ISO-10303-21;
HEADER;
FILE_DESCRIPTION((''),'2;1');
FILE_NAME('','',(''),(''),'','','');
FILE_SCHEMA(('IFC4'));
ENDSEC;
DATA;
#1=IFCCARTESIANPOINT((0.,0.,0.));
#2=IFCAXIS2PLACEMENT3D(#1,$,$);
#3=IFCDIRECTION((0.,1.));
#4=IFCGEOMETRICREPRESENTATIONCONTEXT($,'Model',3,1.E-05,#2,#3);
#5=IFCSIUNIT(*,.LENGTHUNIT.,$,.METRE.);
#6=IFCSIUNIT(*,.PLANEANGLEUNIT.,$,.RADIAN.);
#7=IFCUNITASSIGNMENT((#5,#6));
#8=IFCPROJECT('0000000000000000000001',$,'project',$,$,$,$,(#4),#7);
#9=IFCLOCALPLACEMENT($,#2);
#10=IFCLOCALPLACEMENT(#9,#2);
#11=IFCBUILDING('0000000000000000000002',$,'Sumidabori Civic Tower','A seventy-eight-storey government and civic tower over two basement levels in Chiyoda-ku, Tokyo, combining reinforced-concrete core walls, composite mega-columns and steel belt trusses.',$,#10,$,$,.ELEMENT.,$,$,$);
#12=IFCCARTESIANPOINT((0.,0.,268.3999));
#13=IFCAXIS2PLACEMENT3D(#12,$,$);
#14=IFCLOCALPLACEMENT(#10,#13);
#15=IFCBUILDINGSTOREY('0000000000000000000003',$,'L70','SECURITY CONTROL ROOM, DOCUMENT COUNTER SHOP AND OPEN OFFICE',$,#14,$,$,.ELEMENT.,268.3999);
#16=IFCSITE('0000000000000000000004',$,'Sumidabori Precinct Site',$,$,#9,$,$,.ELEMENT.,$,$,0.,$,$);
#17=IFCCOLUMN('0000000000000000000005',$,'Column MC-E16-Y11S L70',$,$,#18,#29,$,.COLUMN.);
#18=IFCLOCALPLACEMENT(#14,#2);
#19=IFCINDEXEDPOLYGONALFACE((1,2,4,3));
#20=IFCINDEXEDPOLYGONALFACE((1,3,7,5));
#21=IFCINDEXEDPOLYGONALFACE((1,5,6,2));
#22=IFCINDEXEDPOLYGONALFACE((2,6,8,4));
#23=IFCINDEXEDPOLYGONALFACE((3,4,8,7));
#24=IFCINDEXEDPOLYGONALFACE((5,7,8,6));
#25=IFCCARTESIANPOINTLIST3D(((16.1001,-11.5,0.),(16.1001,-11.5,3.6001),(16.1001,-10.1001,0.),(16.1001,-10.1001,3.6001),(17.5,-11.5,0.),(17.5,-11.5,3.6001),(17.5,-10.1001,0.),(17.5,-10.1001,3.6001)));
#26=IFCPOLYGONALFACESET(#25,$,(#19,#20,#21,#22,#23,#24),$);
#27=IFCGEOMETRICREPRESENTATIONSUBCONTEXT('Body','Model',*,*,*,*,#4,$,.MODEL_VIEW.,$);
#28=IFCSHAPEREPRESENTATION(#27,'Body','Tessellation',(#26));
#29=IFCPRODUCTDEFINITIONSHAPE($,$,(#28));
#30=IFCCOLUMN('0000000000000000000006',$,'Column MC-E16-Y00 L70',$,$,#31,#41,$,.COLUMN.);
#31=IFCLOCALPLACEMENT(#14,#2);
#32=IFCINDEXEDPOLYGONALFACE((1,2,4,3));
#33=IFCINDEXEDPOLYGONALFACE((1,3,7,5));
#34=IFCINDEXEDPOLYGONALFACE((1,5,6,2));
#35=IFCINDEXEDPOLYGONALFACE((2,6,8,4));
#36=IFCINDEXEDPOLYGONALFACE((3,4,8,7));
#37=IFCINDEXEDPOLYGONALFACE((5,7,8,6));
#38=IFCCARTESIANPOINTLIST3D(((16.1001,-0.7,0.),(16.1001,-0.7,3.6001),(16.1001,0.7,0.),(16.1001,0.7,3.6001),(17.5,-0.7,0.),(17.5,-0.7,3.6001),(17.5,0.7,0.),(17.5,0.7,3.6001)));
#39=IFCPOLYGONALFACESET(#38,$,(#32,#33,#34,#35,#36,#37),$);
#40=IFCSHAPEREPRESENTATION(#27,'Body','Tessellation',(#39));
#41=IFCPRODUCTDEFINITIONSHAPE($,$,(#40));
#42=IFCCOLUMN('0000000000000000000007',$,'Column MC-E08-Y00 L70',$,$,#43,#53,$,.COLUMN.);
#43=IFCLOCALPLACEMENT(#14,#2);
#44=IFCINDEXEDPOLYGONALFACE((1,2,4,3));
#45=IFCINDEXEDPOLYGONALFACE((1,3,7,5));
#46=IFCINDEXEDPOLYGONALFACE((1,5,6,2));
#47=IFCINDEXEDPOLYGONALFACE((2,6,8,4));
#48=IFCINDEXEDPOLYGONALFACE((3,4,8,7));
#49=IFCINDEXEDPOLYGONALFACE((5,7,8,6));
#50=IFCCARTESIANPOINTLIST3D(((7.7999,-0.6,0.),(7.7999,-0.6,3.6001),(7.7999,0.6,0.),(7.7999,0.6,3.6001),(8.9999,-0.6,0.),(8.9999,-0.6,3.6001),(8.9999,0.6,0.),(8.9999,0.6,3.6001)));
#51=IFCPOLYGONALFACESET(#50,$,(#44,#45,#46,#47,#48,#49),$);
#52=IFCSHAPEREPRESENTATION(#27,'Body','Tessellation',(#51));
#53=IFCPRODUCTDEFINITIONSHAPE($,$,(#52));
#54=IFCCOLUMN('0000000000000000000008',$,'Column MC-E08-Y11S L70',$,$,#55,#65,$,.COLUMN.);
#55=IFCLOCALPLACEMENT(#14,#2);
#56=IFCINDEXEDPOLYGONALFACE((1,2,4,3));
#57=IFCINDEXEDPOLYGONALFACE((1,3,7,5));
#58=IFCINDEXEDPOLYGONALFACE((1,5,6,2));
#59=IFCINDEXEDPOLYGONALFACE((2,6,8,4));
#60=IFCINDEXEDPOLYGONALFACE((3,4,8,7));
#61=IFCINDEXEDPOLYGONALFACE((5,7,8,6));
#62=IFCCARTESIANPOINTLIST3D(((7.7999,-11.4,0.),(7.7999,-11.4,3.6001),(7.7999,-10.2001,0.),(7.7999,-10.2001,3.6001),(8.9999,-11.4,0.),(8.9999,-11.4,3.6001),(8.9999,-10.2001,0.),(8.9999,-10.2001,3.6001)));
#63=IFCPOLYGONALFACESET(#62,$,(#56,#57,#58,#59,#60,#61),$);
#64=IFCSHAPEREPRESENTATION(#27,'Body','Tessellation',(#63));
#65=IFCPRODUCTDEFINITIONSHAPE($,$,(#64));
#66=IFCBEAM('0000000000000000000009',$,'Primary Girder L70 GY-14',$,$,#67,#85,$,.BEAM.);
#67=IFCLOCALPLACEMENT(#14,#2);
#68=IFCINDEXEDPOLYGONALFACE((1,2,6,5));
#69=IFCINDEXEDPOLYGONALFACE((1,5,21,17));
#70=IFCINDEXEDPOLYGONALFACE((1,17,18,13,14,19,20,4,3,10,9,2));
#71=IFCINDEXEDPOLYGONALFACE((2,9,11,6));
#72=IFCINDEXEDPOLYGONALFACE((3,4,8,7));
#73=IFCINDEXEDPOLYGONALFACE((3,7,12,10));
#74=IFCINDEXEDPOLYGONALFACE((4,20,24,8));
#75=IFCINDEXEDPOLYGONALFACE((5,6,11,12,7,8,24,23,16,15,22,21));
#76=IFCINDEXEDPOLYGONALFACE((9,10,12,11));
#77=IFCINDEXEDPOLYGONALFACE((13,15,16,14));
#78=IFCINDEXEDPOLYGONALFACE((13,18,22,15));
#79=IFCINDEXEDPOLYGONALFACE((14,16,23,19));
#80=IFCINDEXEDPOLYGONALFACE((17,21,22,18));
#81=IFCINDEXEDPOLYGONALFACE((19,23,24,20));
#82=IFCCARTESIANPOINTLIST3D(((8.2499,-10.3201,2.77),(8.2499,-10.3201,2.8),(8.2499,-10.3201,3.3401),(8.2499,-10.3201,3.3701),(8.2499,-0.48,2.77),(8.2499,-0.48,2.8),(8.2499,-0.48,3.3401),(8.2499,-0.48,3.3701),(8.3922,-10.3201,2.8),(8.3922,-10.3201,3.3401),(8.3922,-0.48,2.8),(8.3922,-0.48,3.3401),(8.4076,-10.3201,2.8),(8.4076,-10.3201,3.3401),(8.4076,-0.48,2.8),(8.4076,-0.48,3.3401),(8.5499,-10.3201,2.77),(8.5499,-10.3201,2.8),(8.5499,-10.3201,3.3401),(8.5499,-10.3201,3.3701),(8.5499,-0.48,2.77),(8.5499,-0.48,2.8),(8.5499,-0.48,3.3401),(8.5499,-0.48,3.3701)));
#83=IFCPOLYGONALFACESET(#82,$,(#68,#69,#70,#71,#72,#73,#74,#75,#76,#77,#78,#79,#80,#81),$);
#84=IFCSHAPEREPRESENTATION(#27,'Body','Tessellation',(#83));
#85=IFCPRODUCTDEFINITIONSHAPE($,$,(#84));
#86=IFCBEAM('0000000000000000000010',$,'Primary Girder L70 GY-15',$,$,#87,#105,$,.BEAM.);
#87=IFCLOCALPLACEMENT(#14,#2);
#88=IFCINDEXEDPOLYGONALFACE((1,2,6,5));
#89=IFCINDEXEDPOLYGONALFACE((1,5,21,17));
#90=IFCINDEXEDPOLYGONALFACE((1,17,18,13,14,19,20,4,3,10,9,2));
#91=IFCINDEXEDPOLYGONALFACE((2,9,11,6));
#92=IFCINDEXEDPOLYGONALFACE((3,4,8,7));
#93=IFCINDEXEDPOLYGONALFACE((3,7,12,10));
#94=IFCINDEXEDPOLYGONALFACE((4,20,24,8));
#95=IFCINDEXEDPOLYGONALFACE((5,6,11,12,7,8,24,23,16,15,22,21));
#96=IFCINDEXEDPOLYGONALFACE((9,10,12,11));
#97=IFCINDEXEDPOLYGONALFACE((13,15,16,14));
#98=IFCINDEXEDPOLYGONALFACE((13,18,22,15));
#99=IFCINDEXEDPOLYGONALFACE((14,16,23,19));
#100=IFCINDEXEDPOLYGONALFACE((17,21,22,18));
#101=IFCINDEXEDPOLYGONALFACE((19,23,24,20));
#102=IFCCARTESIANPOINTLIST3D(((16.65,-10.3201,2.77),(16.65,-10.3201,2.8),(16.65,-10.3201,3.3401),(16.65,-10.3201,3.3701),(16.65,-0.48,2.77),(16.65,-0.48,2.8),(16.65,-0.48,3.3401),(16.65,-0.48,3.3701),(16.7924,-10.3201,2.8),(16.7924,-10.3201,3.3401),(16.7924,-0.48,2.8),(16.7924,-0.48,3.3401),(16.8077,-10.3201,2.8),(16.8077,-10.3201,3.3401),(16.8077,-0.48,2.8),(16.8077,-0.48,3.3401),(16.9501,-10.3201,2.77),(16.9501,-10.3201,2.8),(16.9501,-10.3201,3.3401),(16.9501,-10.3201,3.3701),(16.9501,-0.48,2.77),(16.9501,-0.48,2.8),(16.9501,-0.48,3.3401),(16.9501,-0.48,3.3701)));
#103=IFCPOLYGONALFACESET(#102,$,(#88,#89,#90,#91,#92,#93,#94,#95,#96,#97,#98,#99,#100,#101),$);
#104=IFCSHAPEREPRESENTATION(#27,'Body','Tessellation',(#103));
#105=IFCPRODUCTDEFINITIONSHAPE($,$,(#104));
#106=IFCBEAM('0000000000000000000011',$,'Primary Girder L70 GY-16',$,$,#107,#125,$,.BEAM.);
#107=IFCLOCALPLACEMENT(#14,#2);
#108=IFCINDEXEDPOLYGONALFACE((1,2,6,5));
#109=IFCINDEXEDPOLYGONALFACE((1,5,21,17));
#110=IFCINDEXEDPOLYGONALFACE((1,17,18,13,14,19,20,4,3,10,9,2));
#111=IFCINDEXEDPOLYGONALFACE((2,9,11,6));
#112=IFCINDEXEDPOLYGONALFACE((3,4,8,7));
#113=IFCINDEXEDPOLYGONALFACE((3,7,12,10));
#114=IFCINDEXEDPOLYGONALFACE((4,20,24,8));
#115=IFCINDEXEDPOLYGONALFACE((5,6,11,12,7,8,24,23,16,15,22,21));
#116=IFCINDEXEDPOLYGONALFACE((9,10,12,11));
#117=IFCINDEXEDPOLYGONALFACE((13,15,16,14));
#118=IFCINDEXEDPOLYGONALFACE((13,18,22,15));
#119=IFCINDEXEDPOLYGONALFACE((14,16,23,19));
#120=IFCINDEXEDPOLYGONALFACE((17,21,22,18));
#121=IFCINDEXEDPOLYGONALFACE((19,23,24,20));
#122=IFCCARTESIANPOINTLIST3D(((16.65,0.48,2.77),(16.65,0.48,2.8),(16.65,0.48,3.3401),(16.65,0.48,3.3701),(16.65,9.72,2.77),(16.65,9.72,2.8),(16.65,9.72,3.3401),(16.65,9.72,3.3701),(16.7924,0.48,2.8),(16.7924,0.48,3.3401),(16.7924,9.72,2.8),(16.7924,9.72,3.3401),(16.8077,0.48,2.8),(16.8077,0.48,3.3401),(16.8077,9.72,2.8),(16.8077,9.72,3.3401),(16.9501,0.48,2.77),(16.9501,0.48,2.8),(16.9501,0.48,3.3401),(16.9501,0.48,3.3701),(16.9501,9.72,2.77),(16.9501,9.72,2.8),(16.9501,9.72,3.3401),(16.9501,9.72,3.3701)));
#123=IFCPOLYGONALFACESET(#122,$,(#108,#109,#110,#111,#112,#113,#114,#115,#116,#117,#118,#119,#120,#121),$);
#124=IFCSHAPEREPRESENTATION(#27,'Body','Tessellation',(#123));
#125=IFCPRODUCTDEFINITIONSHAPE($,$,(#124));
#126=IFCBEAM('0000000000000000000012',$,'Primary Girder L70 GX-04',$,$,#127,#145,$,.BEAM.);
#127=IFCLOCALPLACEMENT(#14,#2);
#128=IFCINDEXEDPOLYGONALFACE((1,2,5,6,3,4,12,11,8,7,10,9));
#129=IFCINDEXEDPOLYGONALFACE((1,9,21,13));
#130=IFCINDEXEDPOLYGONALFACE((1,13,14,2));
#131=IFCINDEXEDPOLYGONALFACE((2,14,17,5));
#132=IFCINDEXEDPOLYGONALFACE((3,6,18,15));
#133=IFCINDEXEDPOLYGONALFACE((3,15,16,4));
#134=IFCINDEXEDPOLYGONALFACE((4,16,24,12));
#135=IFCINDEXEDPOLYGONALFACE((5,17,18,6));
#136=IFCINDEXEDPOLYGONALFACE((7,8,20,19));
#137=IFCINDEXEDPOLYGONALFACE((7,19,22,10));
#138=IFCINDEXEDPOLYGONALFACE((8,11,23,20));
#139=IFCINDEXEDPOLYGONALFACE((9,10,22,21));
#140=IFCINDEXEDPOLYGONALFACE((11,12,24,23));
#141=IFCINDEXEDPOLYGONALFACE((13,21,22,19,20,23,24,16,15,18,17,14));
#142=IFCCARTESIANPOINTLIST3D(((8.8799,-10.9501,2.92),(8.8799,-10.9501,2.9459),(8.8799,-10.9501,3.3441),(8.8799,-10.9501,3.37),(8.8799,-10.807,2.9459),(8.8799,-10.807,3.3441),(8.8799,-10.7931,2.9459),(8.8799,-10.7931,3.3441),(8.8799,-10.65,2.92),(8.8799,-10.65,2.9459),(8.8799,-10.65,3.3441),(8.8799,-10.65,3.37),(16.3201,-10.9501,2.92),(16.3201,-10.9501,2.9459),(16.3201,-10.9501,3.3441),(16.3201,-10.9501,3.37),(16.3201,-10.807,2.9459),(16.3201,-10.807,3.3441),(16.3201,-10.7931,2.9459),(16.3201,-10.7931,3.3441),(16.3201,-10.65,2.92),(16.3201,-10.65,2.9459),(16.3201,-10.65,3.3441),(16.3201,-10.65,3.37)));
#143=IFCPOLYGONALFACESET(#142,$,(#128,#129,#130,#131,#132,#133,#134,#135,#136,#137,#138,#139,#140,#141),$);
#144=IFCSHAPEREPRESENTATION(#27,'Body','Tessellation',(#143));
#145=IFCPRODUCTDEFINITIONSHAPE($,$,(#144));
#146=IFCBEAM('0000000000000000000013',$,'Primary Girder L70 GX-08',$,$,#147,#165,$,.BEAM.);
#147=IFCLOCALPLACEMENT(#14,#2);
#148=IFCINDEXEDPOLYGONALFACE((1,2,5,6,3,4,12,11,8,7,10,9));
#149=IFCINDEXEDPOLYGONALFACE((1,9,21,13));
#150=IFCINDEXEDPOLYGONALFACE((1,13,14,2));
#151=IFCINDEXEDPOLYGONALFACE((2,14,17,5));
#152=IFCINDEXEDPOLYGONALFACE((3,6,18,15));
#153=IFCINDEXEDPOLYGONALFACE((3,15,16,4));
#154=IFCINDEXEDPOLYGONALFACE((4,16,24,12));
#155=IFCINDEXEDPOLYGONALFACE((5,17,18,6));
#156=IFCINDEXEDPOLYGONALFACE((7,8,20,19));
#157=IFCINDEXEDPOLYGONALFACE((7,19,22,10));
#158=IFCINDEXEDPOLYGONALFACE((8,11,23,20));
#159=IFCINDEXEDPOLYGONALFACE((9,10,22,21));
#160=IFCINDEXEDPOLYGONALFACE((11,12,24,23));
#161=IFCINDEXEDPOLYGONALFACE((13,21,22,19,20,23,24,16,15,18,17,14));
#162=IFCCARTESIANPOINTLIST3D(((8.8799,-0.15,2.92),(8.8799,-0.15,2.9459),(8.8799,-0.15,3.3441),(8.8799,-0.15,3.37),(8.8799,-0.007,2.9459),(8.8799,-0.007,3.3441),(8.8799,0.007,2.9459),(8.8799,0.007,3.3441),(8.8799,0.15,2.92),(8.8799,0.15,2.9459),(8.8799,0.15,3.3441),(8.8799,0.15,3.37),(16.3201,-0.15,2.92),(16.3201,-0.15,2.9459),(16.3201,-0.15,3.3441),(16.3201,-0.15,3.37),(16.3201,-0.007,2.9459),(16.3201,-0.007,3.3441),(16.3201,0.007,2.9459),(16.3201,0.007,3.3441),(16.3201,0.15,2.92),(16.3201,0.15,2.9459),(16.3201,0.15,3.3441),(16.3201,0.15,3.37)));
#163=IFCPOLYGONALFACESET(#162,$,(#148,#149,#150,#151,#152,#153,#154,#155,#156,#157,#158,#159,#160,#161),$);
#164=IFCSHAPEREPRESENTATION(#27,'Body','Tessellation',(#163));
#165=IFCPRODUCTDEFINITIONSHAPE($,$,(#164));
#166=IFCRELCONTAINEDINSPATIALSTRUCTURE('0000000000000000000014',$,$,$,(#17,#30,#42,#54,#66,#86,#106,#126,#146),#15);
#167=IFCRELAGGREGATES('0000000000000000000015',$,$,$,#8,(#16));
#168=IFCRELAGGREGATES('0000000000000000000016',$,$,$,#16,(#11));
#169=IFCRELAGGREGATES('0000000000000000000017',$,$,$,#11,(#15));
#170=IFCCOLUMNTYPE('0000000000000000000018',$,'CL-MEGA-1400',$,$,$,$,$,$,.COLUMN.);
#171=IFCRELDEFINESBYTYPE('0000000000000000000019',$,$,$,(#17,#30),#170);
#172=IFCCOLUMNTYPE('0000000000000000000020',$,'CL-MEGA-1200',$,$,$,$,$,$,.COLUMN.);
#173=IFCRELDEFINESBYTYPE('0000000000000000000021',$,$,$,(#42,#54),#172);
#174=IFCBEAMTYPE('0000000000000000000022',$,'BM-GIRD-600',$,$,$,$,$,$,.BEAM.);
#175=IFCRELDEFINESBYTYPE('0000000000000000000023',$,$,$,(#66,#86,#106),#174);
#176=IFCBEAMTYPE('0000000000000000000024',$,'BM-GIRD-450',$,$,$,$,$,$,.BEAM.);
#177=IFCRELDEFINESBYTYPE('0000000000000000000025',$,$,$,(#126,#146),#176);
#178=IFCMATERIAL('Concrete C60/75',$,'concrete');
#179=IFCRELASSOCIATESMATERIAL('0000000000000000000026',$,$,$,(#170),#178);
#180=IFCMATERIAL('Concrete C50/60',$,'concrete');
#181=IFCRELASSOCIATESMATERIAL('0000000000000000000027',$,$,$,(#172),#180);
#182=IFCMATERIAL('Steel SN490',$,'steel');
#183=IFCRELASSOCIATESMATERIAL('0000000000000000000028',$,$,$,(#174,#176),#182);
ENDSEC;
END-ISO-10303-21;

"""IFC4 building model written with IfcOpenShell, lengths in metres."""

from ifc_helpers import new_model, si_unit, direction, frame, origin, origin_2d, place, context, subcontext, project, spatial, rectangle, i_section, extrude, source, transform, mapped, material, material_profile, profile_set, type_object, element, save


model = new_model("IFC4")

# Units and contexts
model_context = context("Model", 3, precision=1e-05, world=origin(), true_north=direction((0.0, 1.0)))
body_context = subcontext(model_context, "Body", "Model", "MODEL_VIEW")
ifc_project = project(units=[si_unit("LENGTHUNIT", "METRE"), si_unit("PLANEANGLEUNIT", "RADIAN")], contexts=[model_context])

# Site, building, storey
site_placement = place(None, origin())
site = spatial("IfcSite", under=ifc_project, at=site_placement, Name="Sumidabori Precinct Site", CompositionType="ELEMENT", RefElevation=0.0)
building_placement = place(site_placement, origin())
building = spatial("IfcBuilding", under=site, at=building_placement, Name="Sumidabori Civic Tower", Description="A seventy-eight-storey government and civic tower over two basement levels in Chiyoda-ku, Tokyo, combining reinforced-concrete core walls, composite mega-columns and steel belt trusses.", CompositionType="ELEMENT")
storey_placement = place(building_placement, frame((0.0, 0.0, 268.3999)))
storey = spatial("IfcBuildingStorey", under=building, at=storey_placement, Name="L70", Description="SECURITY CONTROL ROOM, DOCUMENT COUNTER SHOP AND OPEN OFFICE", CompositionType="ELEMENT", Elevation=268.3999)

# Columns
ifc_material_1 = material(Name="Concrete C60/75", Category="concrete")
ifc_material_profile_1 = material_profile(ifc_material_1, rectangle(XDim=1.3999, YDim=1.3999, at=origin_2d()), Name="RC 1400x1400")
ifc_profile_set_1 = profile_set([ifc_material_profile_1], Name="Concrete C60/75")
column_type_1 = type_object("IfcColumnType", Name="CL-MEGA-1400", PredefinedType="COLUMN", material=ifc_profile_set_1)
shared_shape_1 = source(origin(), body_context, "Body", "SweptSolid", [
    extrude(rectangle(XDim=1.3999, YDim=1.3999, at=origin_2d()), origin(), (0.0, 0.0, 1.0), 3.6001),
])
for number, where, z_axis, x_axis, name in (
    (1, (16.8, -10.8, 0.0), (0.0, 0.0, 1.0), (1.0, 0.0, 0.0), "Column MC-E16-Y11S L70"),
    (2, (16.8, 0.0, 0.0), (0.0, 0.0, 1.0), (1.0, 0.0, 0.0), "Column MC-E16-Y00 L70"),
):
    element("IfcColumn", number, at=place(storey_placement, frame(where, z_axis=z_axis, x_axis=x_axis)), inside=storey, type_object=column_type_1, Name=name, PredefinedType="COLUMN", context=body_context, shape_type="MappedRepresentation", body=[
        mapped(shared_shape_1, transform((0.0, 0.0, 0.0), x_axis=(1.0, 0.0, 0.0), y_axis=(0.0, 1.0, 0.0), z_axis=(0.0, 0.0, 1.0), scale=1.0)),
    ])
ifc_material_2 = material(Name="Concrete C50/60", Category="concrete")
ifc_material_profile_2 = material_profile(ifc_material_2, rectangle(XDim=1.2, YDim=1.2, at=origin_2d()), Name="RC 1200x1200")
ifc_profile_set_2 = profile_set([ifc_material_profile_2], Name="Concrete C50/60")
column_type_2 = type_object("IfcColumnType", Name="CL-MEGA-1200", PredefinedType="COLUMN", material=ifc_profile_set_2)
shared_shape_2 = source(origin(), body_context, "Body", "SweptSolid", [
    extrude(rectangle(XDim=1.2, YDim=1.2, at=origin_2d()), origin(), (0.0, 0.0, 1.0), 3.6001),
])
for number, where, z_axis, x_axis, name in (
    (3, (8.3999, 0.0, 0.0), (0.0, 0.0, 1.0), (1.0, 0.0, 0.0), "Column MC-E08-Y00 L70"),
    (4, (8.3999, -10.8, 0.0), (0.0, 0.0, 1.0), (1.0, 0.0, 0.0), "Column MC-E08-Y11S L70"),
):
    element("IfcColumn", number, at=place(storey_placement, frame(where, z_axis=z_axis, x_axis=x_axis)), inside=storey, type_object=column_type_2, Name=name, PredefinedType="COLUMN", context=body_context, shape_type="MappedRepresentation", body=[
        mapped(shared_shape_2, transform((0.0, 0.0, 0.0), x_axis=(1.0, 0.0, 0.0), y_axis=(0.0, 1.0, 0.0), z_axis=(0.0, 0.0, 1.0), scale=1.0)),
    ])

# Beams
ifc_material_3 = material(Name="Steel SN490", Category="steel")
ifc_material_profile_3 = material_profile(ifc_material_3, i_section(OverallWidth=0.3, OverallDepth=0.6001, WebThickness=0.0154, FlangeThickness=0.03, at=origin_2d()), Name="HE 600 B")
ifc_profile_set_3 = profile_set([ifc_material_profile_3], Name="Steel SN490")
beam_type_1 = type_object("IfcBeamType", Name="BM-GIRD-600", PredefinedType="BEAM", material=ifc_profile_set_3)
shared_shape_3 = source(origin(), body_context, "Body", "SweptSolid", [
    extrude(i_section(OverallWidth=0.3, OverallDepth=0.6001, WebThickness=0.0154, FlangeThickness=0.03, at=origin_2d()), origin(), (0.0, 0.0, 1.0), 9.8401),
])
for number, where, z_axis, x_axis, name in (
    (5, (8.3999, -10.3201, 3.0701), (0.0, 1.0, 0.0), (-1.0, 0.0, 0.0), "Primary Girder L70 GY-14"),
    (6, (16.8, -10.3201, 3.0701), (0.0, 1.0, 0.0), (-1.0, 0.0, 0.0), "Primary Girder L70 GY-15"),
):
    element("IfcBeam", number, at=place(storey_placement, frame(where, z_axis=z_axis, x_axis=x_axis)), inside=storey, type_object=beam_type_1, Name=name, PredefinedType="BEAM", context=body_context, shape_type="MappedRepresentation", body=[
        mapped(shared_shape_3, transform((0.0, 0.0, 0.0), x_axis=(1.0, 0.0, 0.0), y_axis=(0.0, 1.0, 0.0), z_axis=(0.0, 0.0, 1.0), scale=1.0)),
    ])
shared_shape_4 = source(origin(), body_context, "Body", "SweptSolid", [
    extrude(i_section(OverallWidth=0.3, OverallDepth=0.6001, WebThickness=0.0154, FlangeThickness=0.03, at=origin_2d()), origin(), (0.0, 0.0, 1.0), 9.24),
])
beam_1_placement = place(storey_placement, frame((16.8, 0.48, 3.0701), z_axis=(0.0, 1.0, 0.0), x_axis=(-1.0, 0.0, 0.0)))
element("IfcBeam", 7, at=beam_1_placement, inside=storey, type_object=beam_type_1, Name="Primary Girder L70 GY-16", PredefinedType="BEAM", context=body_context, shape_type="MappedRepresentation", body=[
    mapped(shared_shape_4, transform((0.0, 0.0, 0.0), x_axis=(1.0, 0.0, 0.0), y_axis=(0.0, 1.0, 0.0), z_axis=(0.0, 0.0, 1.0), scale=1.0)),
])
ifc_material_profile_4 = material_profile(ifc_material_3, i_section(OverallWidth=0.3, OverallDepth=0.45, WebThickness=0.0139, FlangeThickness=0.0259, at=origin_2d()), Name="HE 450 B")
ifc_profile_set_4 = profile_set([ifc_material_profile_4], Name="Steel SN490")
beam_type_2 = type_object("IfcBeamType", Name="BM-GIRD-450", PredefinedType="BEAM", material=ifc_profile_set_4)
shared_shape_5 = source(origin(), body_context, "Body", "SweptSolid", [
    extrude(i_section(OverallWidth=0.3, OverallDepth=0.45, WebThickness=0.0139, FlangeThickness=0.0259, at=origin_2d()), origin(), (0.0, 0.0, 1.0), 7.4402),
])
for number, where, z_axis, x_axis, name in (
    (8, (8.8799, -10.8, 3.145), (1.0, 0.0, 0.0), (0.0, 1.0, 0.0), "Primary Girder L70 GX-04"),
    (9, (8.8799, 0.0, 3.145), (1.0, 0.0, 0.0), (0.0, 1.0, 0.0), "Primary Girder L70 GX-08"),
):
    element("IfcBeam", number, at=place(storey_placement, frame(where, z_axis=z_axis, x_axis=x_axis)), inside=storey, type_object=beam_type_2, Name=name, PredefinedType="BEAM", context=body_context, shape_type="MappedRepresentation", body=[
        mapped(shared_shape_5, transform((0.0, 0.0, 0.0), x_axis=(1.0, 0.0, 0.0), y_axis=(0.0, 1.0, 0.0), z_axis=(0.0, 0.0, 1.0), scale=1.0)),
    ])

save(model, "model.ifc")
